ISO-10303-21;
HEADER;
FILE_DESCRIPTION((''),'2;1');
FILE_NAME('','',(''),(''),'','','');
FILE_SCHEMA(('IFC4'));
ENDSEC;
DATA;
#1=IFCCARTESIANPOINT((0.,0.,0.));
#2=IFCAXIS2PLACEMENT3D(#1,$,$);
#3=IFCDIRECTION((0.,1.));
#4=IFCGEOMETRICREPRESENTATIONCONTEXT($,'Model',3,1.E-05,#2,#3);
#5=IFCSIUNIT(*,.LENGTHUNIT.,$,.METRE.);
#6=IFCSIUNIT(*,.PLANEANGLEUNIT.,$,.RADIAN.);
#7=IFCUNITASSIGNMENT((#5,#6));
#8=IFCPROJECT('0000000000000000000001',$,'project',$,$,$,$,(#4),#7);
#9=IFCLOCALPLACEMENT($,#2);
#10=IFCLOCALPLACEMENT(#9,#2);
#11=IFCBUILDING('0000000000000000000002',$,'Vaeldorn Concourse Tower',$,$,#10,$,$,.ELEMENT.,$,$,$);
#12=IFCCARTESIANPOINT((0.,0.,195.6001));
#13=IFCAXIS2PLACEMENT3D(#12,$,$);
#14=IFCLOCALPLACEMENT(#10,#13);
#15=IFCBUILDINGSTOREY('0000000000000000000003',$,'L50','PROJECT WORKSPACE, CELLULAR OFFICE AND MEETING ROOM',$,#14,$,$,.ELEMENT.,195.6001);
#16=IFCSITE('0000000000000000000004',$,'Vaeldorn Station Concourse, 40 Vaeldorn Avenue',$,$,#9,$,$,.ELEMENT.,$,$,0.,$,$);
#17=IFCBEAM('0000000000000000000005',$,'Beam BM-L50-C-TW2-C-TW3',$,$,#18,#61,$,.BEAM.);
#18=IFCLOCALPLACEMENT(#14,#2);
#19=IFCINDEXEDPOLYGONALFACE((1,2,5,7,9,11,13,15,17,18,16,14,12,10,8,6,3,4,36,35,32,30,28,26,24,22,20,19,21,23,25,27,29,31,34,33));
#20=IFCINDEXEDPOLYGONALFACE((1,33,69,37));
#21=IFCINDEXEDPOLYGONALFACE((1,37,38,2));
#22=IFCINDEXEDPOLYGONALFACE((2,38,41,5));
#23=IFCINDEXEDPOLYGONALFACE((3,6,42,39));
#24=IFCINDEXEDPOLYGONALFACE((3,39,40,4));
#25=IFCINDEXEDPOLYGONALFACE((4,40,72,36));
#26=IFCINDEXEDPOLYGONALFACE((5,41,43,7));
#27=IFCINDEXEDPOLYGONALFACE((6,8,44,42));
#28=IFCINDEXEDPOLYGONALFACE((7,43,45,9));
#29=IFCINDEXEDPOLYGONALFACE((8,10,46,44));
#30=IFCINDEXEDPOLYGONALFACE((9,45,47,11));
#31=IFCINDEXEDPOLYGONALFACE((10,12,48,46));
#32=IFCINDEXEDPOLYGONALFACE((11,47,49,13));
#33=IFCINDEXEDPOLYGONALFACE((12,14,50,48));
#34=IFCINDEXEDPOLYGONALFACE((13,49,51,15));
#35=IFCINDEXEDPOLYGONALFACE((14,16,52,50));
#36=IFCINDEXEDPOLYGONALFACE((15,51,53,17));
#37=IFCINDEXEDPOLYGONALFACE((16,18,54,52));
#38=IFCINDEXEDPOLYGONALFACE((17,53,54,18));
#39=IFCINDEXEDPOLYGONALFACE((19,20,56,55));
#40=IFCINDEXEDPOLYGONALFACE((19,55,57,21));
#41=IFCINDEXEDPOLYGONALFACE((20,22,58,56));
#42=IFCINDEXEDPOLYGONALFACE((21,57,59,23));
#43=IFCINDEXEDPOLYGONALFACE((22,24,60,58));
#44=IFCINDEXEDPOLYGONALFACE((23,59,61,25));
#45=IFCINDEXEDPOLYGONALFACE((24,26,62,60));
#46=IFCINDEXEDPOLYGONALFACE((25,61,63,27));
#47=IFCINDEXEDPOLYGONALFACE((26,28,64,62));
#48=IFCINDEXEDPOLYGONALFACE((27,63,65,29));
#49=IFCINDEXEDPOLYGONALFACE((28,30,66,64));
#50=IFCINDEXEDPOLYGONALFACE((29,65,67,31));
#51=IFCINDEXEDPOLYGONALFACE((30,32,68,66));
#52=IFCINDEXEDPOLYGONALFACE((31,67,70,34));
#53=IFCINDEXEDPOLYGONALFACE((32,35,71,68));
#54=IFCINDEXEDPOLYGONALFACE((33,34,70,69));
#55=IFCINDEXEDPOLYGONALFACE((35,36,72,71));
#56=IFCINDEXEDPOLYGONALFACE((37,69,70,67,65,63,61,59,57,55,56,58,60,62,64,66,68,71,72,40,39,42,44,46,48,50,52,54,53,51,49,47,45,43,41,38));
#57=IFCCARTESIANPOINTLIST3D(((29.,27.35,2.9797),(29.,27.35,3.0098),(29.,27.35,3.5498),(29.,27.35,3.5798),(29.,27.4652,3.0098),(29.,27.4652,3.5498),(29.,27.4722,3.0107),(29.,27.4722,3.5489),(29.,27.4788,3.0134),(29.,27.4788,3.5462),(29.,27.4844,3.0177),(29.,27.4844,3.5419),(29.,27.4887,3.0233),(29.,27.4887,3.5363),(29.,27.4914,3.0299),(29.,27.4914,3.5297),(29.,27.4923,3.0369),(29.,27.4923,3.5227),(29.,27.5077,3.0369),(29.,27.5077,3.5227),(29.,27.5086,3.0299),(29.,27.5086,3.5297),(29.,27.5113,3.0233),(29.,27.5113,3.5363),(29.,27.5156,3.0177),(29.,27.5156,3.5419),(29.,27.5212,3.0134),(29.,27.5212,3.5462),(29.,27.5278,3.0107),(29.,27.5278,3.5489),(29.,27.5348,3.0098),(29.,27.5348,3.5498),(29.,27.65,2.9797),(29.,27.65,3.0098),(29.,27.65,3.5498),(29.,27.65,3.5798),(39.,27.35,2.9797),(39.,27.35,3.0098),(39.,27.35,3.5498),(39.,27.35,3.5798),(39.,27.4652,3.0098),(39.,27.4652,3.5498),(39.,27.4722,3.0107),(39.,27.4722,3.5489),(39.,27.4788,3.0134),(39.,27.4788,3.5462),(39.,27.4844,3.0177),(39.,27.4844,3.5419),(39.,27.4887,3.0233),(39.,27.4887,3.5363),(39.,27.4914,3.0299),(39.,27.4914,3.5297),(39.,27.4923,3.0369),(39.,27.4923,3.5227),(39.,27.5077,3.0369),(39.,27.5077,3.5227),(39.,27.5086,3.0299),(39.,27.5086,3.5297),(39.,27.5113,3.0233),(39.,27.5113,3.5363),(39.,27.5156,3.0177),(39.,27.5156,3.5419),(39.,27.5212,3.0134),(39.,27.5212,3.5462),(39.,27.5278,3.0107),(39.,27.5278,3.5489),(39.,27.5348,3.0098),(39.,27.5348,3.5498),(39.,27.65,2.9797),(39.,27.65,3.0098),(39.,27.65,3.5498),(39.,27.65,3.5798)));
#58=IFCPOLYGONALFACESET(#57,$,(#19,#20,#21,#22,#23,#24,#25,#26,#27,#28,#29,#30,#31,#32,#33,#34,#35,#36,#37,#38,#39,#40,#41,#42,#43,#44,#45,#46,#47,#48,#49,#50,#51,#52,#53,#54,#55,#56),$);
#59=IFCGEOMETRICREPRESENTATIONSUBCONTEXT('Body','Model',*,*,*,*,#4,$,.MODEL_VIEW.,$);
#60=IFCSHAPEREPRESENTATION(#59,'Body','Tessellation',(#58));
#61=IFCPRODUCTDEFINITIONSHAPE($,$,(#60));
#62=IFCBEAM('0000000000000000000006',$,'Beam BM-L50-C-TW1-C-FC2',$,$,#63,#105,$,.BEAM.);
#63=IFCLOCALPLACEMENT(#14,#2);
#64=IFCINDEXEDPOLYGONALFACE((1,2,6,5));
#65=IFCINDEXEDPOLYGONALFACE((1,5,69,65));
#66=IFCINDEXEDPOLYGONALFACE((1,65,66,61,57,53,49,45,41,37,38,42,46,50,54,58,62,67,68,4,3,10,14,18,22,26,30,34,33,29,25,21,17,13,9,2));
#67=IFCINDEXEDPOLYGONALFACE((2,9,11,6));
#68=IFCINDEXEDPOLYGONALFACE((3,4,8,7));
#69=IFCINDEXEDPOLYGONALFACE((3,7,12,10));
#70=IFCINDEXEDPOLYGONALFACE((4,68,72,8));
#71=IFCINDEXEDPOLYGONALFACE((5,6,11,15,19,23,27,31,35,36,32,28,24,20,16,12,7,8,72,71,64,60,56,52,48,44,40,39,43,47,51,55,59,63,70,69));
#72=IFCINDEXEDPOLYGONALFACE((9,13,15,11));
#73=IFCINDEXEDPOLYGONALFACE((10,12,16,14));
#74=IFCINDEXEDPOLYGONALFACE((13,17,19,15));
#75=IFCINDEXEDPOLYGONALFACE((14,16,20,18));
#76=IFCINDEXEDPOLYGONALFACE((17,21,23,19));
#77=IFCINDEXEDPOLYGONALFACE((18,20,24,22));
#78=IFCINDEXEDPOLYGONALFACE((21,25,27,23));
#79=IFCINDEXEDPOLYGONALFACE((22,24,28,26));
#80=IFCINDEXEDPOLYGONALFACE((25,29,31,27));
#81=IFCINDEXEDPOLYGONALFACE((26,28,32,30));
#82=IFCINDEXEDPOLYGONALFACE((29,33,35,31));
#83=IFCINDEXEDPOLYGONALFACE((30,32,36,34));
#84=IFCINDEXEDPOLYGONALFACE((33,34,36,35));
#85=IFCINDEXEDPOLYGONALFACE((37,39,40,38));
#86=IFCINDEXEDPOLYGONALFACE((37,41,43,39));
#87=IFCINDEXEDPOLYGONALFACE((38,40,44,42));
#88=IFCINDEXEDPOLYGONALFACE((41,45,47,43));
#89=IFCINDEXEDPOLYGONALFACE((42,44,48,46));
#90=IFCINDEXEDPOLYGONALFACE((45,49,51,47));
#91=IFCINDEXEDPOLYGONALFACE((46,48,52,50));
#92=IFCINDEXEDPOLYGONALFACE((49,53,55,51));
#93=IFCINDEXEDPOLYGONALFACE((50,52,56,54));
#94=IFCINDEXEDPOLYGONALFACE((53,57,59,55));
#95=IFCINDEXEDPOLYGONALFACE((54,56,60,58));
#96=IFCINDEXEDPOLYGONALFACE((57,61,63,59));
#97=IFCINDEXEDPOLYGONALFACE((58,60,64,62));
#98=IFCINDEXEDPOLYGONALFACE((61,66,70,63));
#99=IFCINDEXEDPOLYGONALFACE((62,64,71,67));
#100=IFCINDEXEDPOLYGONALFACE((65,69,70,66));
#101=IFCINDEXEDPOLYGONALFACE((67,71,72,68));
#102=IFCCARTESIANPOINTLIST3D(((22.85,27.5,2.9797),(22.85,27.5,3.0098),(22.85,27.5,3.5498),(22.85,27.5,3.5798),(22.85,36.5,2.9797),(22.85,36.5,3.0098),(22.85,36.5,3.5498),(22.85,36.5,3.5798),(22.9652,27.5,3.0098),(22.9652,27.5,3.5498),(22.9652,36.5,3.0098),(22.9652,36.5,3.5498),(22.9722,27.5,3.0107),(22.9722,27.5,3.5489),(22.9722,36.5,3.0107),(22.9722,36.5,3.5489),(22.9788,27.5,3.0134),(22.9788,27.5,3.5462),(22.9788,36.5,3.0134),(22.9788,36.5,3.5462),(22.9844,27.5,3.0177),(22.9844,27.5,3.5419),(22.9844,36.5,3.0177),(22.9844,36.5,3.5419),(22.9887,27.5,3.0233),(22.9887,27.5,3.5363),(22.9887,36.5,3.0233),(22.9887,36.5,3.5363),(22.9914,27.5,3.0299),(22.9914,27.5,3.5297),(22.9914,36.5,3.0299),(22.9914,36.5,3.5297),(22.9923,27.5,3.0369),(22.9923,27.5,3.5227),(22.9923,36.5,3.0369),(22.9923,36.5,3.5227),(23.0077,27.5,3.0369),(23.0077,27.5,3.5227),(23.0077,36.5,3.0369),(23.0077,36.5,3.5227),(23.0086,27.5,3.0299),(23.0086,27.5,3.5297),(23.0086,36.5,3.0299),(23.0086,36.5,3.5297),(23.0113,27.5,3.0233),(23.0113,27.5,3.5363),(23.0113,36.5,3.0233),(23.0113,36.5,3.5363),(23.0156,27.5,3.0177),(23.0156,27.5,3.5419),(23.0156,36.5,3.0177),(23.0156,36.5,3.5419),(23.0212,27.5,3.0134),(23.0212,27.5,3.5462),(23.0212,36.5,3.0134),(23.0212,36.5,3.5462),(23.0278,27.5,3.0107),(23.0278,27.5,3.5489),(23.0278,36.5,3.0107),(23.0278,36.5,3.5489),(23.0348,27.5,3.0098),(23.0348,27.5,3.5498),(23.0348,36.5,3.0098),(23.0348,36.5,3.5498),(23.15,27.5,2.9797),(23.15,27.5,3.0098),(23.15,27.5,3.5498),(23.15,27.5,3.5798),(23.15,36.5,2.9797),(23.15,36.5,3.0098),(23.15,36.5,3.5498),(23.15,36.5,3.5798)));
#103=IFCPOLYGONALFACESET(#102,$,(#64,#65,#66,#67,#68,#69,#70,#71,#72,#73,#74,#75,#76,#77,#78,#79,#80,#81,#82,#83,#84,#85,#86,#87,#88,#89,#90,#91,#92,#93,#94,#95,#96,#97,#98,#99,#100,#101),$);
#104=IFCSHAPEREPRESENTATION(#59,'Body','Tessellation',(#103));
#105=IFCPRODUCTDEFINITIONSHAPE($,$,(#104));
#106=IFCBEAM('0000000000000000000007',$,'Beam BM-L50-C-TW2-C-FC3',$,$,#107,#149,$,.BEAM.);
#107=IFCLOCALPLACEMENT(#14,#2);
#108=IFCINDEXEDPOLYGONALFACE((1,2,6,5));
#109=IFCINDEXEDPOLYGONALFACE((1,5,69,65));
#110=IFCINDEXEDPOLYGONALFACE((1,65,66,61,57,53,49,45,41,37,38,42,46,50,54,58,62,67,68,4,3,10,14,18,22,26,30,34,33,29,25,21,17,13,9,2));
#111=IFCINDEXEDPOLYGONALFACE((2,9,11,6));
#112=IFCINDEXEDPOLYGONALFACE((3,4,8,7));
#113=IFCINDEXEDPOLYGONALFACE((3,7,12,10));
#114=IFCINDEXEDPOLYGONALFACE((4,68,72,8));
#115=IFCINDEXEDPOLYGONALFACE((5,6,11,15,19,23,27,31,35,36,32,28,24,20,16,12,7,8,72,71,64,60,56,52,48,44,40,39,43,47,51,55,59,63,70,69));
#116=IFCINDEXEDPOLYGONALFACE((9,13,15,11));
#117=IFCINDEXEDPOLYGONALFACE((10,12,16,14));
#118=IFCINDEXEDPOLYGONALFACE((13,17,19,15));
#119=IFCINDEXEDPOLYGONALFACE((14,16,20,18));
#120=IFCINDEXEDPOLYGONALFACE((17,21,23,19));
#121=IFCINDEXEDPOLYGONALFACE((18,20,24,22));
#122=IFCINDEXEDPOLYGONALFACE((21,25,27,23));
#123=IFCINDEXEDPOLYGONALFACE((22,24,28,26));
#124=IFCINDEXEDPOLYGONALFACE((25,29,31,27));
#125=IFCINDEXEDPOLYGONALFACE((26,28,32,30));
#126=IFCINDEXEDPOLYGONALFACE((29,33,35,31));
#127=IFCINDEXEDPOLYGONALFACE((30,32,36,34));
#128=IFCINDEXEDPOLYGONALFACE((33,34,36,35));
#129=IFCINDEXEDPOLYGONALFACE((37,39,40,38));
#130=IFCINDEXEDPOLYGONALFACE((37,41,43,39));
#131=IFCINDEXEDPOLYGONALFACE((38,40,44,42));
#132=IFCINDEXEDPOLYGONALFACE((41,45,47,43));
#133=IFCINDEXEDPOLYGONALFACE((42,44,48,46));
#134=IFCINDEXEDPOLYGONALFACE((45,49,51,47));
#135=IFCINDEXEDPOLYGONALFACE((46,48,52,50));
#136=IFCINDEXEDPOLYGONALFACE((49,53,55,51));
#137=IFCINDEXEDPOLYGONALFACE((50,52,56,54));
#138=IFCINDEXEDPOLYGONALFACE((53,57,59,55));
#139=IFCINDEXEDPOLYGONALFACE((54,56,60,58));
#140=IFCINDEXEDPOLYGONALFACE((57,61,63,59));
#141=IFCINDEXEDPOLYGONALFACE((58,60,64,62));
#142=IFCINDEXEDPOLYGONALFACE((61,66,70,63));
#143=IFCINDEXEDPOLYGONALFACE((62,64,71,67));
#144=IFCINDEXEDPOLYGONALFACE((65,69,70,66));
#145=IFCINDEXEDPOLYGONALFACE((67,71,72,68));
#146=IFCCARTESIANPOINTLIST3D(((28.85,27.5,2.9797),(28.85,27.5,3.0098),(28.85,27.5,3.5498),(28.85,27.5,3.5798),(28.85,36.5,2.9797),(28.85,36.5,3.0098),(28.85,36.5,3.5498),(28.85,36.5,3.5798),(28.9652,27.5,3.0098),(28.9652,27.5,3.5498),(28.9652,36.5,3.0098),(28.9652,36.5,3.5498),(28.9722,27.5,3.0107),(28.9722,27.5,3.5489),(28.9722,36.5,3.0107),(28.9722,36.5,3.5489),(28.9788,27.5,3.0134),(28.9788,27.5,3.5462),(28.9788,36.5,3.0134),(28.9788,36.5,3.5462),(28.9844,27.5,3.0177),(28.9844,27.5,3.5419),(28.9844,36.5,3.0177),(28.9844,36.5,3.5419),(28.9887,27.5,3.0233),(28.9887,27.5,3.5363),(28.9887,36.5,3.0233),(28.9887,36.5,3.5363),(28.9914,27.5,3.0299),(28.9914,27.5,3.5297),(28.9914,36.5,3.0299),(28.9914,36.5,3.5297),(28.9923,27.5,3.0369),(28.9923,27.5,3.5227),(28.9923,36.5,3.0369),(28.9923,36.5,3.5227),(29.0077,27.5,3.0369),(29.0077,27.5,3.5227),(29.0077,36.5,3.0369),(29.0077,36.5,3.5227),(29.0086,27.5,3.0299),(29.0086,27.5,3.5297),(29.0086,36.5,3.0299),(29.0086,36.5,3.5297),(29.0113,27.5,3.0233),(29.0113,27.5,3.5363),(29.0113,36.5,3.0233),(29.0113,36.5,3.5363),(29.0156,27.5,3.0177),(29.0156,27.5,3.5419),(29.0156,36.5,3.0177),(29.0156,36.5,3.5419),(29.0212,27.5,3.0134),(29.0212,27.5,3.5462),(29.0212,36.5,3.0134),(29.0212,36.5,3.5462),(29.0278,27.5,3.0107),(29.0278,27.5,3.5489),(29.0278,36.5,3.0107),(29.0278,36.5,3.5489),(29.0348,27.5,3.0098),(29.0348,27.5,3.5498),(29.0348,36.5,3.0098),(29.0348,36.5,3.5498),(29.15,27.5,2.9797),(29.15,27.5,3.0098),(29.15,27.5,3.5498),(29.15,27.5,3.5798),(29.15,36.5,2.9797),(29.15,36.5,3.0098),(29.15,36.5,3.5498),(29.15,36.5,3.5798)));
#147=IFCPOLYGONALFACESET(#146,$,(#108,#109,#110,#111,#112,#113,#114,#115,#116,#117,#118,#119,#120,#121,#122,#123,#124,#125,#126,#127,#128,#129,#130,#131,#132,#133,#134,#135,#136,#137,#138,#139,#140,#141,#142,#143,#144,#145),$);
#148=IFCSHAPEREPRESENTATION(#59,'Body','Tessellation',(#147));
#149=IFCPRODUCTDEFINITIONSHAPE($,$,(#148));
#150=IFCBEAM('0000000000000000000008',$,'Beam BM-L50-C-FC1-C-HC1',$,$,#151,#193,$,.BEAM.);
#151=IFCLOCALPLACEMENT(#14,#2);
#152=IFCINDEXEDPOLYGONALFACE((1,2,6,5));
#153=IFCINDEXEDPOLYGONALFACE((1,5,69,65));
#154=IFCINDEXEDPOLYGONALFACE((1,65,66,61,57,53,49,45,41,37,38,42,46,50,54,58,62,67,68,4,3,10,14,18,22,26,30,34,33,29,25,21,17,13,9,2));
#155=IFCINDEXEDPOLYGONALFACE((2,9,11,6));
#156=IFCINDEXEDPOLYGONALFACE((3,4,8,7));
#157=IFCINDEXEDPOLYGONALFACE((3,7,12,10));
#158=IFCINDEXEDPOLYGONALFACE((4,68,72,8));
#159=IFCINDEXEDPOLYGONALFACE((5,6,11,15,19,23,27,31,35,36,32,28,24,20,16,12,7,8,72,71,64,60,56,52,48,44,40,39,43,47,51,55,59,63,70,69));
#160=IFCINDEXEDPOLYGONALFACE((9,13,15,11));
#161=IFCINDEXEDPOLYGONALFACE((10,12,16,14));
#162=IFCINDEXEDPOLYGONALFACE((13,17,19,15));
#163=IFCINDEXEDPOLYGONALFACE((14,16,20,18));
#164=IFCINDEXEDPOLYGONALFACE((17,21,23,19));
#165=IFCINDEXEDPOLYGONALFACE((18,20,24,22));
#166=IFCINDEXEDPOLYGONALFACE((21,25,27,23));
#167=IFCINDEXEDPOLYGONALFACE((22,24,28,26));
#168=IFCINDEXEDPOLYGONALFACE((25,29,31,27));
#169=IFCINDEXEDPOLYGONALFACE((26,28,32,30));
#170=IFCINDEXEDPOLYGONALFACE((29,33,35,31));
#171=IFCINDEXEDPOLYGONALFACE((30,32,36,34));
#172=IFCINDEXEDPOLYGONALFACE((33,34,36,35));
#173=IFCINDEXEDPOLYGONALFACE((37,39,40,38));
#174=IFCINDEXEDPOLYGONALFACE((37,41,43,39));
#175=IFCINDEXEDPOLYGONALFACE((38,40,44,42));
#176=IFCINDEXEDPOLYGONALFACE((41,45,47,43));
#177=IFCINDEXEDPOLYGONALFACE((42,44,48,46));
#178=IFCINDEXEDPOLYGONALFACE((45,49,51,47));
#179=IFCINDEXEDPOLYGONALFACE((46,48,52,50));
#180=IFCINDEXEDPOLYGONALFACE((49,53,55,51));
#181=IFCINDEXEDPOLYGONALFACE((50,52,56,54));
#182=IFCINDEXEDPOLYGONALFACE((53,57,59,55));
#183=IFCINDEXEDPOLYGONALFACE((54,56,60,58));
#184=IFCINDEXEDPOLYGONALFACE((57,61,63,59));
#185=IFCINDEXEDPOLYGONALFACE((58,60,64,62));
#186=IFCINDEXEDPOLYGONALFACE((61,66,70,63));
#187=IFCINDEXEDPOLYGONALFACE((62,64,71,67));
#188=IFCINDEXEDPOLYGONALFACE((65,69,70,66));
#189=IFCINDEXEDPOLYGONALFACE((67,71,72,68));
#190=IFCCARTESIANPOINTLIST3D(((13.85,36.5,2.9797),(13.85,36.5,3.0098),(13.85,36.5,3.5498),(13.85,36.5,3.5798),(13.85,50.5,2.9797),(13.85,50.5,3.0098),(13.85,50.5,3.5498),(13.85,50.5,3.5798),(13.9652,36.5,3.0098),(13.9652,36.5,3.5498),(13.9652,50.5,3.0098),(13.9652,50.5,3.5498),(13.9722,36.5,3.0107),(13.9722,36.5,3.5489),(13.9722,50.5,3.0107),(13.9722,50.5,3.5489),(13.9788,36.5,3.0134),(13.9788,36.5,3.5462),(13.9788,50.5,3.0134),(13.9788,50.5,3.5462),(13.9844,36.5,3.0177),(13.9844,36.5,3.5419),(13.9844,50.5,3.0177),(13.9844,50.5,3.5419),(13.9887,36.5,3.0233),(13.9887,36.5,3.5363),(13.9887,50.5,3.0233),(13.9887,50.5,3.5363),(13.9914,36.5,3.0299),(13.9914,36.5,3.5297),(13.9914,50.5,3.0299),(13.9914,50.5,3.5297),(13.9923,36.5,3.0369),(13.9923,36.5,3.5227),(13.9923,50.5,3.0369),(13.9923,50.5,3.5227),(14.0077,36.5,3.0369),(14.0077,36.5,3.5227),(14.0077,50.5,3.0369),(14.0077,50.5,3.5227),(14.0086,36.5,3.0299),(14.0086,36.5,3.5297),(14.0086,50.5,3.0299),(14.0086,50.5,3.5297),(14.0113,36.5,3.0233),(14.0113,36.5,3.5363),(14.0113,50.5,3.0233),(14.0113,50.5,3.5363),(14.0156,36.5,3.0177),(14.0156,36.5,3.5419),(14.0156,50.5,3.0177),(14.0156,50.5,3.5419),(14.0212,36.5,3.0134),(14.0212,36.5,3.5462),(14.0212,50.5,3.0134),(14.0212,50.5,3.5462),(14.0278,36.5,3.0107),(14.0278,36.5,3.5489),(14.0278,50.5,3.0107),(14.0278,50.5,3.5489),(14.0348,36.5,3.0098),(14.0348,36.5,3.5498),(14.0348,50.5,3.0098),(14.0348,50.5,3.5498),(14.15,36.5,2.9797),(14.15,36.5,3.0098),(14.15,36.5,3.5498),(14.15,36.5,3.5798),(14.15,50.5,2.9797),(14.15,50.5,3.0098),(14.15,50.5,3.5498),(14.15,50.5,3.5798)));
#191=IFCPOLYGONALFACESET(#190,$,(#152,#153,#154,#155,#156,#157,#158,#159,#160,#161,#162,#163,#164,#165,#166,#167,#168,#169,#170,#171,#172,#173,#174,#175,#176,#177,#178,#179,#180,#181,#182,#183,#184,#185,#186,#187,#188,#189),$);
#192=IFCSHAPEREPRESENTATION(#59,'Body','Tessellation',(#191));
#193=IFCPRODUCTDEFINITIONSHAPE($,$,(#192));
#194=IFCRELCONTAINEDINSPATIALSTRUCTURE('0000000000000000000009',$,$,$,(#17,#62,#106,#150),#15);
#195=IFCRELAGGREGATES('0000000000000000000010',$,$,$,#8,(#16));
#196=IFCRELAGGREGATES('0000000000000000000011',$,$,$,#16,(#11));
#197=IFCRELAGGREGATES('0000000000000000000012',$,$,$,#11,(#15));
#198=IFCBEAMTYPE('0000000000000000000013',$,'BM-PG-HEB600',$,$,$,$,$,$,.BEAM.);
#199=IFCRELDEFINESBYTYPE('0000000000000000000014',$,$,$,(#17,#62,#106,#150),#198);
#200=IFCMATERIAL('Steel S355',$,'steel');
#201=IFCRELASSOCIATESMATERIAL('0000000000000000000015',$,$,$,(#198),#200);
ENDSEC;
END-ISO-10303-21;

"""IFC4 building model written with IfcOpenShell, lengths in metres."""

from ifc_helpers import new_model, si_unit, direction, frame, origin, origin_2d, place, context, subcontext, project, spatial, i_section, extrude, source, transform, mapped, material, material_profile, profile_set, type_object, element, save


model = new_model("IFC4")

# Units and contexts
model_context = context("Model", 3, precision=1e-05, world=origin(), true_north=direction((0.0, 1.0)))
body_context = subcontext(model_context, "Body", "Model", "MODEL_VIEW")
ifc_project = project(units=[si_unit("LENGTHUNIT", "METRE"), si_unit("PLANEANGLEUNIT", "RADIAN")], contexts=[model_context])

# Site, building, storey
site_placement = place(None, origin())
site = spatial("IfcSite", under=ifc_project, at=site_placement, Name="Vaeldorn Station Concourse, 40 Vaeldorn Avenue", CompositionType="ELEMENT", RefElevation=0.0)
building_placement = place(site_placement, origin())
building = spatial("IfcBuilding", under=site, at=building_placement, Name="Vaeldorn Concourse Tower", CompositionType="ELEMENT")
storey_placement = place(building_placement, frame((0.0, 0.0, 195.6001)))
storey = spatial("IfcBuildingStorey", under=building, at=storey_placement, Name="L50", Description="PROJECT WORKSPACE, CELLULAR OFFICE AND MEETING ROOM", CompositionType="ELEMENT", Elevation=195.6001)

# Shared definitions
ifc_material_1 = material(Name="Steel S355", Category="steel")

# Beams
ifc_material_profile_1 = material_profile(ifc_material_1, i_section(OverallWidth=0.3, OverallDepth=0.6001, WebThickness=0.0154, FlangeThickness=0.03, FilletRadius=0.0271, at=origin_2d()), Name="HEB 600")
ifc_profile_set_1 = profile_set([ifc_material_profile_1], Name="Steel S355")
beam_type_1 = type_object("IfcBeamType", Name="BM-PG-HEB600", PredefinedType="BEAM", material=ifc_profile_set_1)
shared_shape_1 = source(origin(), body_context, "Body", "SweptSolid", [
    extrude(i_section(OverallWidth=0.3, OverallDepth=0.6001, WebThickness=0.0154, FlangeThickness=0.03, FilletRadius=0.0271, at=origin_2d()), origin(), (0.0, 0.0, 1.0), 10.0),
])
for number, where, z_axis, x_axis, name in (
    (1, (29.0, 27.5, 3.2798), (1.0, 0.0, 0.0), (0.0, 1.0, 0.0), "Beam BM-L50-C-TW2-C-TW3"),
):
    element("IfcBeam", number, at=place(storey_placement, frame(where, z_axis=z_axis, x_axis=x_axis)), inside=storey, type_object=beam_type_1, Name=name, PredefinedType="BEAM", context=body_context, shape_type="MappedRepresentation", body=[
        mapped(shared_shape_1, transform((0.0, 0.0, 0.0), scale=1.0)),
    ])
shared_shape_2 = source(origin(), body_context, "Body", "SweptSolid", [
    extrude(i_section(OverallWidth=0.3, OverallDepth=0.6001, WebThickness=0.0154, FlangeThickness=0.03, FilletRadius=0.0271, at=origin_2d()), origin(), (0.0, 0.0, 1.0), 9.0),
])
for number, where, z_axis, x_axis, name in (
    (2, (23.0, 27.5, 3.2798), (0.0, 1.0, 0.0), (-1.0, 0.0, 0.0), "Beam BM-L50-C-TW1-C-FC2"),
    (3, (29.0, 27.5, 3.2798), (0.0, 1.0, 0.0), (-1.0, 0.0, 0.0), "Beam BM-L50-C-TW2-C-FC3"),
):
    element("IfcBeam", number, at=place(storey_placement, frame(where, z_axis=z_axis, x_axis=x_axis)), inside=storey, type_object=beam_type_1, Name=name, PredefinedType="BEAM", context=body_context, shape_type="MappedRepresentation", body=[
        mapped(shared_shape_2, transform((0.0, 0.0, 0.0), scale=1.0)),
    ])
shared_shape_3 = source(origin(), body_context, "Body", "SweptSolid", [
    extrude(i_section(OverallWidth=0.3, OverallDepth=0.6001, WebThickness=0.0154, FlangeThickness=0.03, FilletRadius=0.0271, at=origin_2d()), origin(), (0.0, 0.0, 1.0), 14.0),
])
for number, where, z_axis, x_axis, name in (
    (4, (14.0, 36.5, 3.2798), (0.0, 1.0, 0.0), (-1.0, 0.0, 0.0), "Beam BM-L50-C-FC1-C-HC1"),
):
    element("IfcBeam", number, at=place(storey_placement, frame(where, z_axis=z_axis, x_axis=x_axis)), inside=storey, type_object=beam_type_1, Name=name, PredefinedType="BEAM", context=body_context, shape_type="MappedRepresentation", body=[
        mapped(shared_shape_3, transform((0.0, 0.0, 0.0), scale=1.0)),
    ])

save(model, "model.ifc")
